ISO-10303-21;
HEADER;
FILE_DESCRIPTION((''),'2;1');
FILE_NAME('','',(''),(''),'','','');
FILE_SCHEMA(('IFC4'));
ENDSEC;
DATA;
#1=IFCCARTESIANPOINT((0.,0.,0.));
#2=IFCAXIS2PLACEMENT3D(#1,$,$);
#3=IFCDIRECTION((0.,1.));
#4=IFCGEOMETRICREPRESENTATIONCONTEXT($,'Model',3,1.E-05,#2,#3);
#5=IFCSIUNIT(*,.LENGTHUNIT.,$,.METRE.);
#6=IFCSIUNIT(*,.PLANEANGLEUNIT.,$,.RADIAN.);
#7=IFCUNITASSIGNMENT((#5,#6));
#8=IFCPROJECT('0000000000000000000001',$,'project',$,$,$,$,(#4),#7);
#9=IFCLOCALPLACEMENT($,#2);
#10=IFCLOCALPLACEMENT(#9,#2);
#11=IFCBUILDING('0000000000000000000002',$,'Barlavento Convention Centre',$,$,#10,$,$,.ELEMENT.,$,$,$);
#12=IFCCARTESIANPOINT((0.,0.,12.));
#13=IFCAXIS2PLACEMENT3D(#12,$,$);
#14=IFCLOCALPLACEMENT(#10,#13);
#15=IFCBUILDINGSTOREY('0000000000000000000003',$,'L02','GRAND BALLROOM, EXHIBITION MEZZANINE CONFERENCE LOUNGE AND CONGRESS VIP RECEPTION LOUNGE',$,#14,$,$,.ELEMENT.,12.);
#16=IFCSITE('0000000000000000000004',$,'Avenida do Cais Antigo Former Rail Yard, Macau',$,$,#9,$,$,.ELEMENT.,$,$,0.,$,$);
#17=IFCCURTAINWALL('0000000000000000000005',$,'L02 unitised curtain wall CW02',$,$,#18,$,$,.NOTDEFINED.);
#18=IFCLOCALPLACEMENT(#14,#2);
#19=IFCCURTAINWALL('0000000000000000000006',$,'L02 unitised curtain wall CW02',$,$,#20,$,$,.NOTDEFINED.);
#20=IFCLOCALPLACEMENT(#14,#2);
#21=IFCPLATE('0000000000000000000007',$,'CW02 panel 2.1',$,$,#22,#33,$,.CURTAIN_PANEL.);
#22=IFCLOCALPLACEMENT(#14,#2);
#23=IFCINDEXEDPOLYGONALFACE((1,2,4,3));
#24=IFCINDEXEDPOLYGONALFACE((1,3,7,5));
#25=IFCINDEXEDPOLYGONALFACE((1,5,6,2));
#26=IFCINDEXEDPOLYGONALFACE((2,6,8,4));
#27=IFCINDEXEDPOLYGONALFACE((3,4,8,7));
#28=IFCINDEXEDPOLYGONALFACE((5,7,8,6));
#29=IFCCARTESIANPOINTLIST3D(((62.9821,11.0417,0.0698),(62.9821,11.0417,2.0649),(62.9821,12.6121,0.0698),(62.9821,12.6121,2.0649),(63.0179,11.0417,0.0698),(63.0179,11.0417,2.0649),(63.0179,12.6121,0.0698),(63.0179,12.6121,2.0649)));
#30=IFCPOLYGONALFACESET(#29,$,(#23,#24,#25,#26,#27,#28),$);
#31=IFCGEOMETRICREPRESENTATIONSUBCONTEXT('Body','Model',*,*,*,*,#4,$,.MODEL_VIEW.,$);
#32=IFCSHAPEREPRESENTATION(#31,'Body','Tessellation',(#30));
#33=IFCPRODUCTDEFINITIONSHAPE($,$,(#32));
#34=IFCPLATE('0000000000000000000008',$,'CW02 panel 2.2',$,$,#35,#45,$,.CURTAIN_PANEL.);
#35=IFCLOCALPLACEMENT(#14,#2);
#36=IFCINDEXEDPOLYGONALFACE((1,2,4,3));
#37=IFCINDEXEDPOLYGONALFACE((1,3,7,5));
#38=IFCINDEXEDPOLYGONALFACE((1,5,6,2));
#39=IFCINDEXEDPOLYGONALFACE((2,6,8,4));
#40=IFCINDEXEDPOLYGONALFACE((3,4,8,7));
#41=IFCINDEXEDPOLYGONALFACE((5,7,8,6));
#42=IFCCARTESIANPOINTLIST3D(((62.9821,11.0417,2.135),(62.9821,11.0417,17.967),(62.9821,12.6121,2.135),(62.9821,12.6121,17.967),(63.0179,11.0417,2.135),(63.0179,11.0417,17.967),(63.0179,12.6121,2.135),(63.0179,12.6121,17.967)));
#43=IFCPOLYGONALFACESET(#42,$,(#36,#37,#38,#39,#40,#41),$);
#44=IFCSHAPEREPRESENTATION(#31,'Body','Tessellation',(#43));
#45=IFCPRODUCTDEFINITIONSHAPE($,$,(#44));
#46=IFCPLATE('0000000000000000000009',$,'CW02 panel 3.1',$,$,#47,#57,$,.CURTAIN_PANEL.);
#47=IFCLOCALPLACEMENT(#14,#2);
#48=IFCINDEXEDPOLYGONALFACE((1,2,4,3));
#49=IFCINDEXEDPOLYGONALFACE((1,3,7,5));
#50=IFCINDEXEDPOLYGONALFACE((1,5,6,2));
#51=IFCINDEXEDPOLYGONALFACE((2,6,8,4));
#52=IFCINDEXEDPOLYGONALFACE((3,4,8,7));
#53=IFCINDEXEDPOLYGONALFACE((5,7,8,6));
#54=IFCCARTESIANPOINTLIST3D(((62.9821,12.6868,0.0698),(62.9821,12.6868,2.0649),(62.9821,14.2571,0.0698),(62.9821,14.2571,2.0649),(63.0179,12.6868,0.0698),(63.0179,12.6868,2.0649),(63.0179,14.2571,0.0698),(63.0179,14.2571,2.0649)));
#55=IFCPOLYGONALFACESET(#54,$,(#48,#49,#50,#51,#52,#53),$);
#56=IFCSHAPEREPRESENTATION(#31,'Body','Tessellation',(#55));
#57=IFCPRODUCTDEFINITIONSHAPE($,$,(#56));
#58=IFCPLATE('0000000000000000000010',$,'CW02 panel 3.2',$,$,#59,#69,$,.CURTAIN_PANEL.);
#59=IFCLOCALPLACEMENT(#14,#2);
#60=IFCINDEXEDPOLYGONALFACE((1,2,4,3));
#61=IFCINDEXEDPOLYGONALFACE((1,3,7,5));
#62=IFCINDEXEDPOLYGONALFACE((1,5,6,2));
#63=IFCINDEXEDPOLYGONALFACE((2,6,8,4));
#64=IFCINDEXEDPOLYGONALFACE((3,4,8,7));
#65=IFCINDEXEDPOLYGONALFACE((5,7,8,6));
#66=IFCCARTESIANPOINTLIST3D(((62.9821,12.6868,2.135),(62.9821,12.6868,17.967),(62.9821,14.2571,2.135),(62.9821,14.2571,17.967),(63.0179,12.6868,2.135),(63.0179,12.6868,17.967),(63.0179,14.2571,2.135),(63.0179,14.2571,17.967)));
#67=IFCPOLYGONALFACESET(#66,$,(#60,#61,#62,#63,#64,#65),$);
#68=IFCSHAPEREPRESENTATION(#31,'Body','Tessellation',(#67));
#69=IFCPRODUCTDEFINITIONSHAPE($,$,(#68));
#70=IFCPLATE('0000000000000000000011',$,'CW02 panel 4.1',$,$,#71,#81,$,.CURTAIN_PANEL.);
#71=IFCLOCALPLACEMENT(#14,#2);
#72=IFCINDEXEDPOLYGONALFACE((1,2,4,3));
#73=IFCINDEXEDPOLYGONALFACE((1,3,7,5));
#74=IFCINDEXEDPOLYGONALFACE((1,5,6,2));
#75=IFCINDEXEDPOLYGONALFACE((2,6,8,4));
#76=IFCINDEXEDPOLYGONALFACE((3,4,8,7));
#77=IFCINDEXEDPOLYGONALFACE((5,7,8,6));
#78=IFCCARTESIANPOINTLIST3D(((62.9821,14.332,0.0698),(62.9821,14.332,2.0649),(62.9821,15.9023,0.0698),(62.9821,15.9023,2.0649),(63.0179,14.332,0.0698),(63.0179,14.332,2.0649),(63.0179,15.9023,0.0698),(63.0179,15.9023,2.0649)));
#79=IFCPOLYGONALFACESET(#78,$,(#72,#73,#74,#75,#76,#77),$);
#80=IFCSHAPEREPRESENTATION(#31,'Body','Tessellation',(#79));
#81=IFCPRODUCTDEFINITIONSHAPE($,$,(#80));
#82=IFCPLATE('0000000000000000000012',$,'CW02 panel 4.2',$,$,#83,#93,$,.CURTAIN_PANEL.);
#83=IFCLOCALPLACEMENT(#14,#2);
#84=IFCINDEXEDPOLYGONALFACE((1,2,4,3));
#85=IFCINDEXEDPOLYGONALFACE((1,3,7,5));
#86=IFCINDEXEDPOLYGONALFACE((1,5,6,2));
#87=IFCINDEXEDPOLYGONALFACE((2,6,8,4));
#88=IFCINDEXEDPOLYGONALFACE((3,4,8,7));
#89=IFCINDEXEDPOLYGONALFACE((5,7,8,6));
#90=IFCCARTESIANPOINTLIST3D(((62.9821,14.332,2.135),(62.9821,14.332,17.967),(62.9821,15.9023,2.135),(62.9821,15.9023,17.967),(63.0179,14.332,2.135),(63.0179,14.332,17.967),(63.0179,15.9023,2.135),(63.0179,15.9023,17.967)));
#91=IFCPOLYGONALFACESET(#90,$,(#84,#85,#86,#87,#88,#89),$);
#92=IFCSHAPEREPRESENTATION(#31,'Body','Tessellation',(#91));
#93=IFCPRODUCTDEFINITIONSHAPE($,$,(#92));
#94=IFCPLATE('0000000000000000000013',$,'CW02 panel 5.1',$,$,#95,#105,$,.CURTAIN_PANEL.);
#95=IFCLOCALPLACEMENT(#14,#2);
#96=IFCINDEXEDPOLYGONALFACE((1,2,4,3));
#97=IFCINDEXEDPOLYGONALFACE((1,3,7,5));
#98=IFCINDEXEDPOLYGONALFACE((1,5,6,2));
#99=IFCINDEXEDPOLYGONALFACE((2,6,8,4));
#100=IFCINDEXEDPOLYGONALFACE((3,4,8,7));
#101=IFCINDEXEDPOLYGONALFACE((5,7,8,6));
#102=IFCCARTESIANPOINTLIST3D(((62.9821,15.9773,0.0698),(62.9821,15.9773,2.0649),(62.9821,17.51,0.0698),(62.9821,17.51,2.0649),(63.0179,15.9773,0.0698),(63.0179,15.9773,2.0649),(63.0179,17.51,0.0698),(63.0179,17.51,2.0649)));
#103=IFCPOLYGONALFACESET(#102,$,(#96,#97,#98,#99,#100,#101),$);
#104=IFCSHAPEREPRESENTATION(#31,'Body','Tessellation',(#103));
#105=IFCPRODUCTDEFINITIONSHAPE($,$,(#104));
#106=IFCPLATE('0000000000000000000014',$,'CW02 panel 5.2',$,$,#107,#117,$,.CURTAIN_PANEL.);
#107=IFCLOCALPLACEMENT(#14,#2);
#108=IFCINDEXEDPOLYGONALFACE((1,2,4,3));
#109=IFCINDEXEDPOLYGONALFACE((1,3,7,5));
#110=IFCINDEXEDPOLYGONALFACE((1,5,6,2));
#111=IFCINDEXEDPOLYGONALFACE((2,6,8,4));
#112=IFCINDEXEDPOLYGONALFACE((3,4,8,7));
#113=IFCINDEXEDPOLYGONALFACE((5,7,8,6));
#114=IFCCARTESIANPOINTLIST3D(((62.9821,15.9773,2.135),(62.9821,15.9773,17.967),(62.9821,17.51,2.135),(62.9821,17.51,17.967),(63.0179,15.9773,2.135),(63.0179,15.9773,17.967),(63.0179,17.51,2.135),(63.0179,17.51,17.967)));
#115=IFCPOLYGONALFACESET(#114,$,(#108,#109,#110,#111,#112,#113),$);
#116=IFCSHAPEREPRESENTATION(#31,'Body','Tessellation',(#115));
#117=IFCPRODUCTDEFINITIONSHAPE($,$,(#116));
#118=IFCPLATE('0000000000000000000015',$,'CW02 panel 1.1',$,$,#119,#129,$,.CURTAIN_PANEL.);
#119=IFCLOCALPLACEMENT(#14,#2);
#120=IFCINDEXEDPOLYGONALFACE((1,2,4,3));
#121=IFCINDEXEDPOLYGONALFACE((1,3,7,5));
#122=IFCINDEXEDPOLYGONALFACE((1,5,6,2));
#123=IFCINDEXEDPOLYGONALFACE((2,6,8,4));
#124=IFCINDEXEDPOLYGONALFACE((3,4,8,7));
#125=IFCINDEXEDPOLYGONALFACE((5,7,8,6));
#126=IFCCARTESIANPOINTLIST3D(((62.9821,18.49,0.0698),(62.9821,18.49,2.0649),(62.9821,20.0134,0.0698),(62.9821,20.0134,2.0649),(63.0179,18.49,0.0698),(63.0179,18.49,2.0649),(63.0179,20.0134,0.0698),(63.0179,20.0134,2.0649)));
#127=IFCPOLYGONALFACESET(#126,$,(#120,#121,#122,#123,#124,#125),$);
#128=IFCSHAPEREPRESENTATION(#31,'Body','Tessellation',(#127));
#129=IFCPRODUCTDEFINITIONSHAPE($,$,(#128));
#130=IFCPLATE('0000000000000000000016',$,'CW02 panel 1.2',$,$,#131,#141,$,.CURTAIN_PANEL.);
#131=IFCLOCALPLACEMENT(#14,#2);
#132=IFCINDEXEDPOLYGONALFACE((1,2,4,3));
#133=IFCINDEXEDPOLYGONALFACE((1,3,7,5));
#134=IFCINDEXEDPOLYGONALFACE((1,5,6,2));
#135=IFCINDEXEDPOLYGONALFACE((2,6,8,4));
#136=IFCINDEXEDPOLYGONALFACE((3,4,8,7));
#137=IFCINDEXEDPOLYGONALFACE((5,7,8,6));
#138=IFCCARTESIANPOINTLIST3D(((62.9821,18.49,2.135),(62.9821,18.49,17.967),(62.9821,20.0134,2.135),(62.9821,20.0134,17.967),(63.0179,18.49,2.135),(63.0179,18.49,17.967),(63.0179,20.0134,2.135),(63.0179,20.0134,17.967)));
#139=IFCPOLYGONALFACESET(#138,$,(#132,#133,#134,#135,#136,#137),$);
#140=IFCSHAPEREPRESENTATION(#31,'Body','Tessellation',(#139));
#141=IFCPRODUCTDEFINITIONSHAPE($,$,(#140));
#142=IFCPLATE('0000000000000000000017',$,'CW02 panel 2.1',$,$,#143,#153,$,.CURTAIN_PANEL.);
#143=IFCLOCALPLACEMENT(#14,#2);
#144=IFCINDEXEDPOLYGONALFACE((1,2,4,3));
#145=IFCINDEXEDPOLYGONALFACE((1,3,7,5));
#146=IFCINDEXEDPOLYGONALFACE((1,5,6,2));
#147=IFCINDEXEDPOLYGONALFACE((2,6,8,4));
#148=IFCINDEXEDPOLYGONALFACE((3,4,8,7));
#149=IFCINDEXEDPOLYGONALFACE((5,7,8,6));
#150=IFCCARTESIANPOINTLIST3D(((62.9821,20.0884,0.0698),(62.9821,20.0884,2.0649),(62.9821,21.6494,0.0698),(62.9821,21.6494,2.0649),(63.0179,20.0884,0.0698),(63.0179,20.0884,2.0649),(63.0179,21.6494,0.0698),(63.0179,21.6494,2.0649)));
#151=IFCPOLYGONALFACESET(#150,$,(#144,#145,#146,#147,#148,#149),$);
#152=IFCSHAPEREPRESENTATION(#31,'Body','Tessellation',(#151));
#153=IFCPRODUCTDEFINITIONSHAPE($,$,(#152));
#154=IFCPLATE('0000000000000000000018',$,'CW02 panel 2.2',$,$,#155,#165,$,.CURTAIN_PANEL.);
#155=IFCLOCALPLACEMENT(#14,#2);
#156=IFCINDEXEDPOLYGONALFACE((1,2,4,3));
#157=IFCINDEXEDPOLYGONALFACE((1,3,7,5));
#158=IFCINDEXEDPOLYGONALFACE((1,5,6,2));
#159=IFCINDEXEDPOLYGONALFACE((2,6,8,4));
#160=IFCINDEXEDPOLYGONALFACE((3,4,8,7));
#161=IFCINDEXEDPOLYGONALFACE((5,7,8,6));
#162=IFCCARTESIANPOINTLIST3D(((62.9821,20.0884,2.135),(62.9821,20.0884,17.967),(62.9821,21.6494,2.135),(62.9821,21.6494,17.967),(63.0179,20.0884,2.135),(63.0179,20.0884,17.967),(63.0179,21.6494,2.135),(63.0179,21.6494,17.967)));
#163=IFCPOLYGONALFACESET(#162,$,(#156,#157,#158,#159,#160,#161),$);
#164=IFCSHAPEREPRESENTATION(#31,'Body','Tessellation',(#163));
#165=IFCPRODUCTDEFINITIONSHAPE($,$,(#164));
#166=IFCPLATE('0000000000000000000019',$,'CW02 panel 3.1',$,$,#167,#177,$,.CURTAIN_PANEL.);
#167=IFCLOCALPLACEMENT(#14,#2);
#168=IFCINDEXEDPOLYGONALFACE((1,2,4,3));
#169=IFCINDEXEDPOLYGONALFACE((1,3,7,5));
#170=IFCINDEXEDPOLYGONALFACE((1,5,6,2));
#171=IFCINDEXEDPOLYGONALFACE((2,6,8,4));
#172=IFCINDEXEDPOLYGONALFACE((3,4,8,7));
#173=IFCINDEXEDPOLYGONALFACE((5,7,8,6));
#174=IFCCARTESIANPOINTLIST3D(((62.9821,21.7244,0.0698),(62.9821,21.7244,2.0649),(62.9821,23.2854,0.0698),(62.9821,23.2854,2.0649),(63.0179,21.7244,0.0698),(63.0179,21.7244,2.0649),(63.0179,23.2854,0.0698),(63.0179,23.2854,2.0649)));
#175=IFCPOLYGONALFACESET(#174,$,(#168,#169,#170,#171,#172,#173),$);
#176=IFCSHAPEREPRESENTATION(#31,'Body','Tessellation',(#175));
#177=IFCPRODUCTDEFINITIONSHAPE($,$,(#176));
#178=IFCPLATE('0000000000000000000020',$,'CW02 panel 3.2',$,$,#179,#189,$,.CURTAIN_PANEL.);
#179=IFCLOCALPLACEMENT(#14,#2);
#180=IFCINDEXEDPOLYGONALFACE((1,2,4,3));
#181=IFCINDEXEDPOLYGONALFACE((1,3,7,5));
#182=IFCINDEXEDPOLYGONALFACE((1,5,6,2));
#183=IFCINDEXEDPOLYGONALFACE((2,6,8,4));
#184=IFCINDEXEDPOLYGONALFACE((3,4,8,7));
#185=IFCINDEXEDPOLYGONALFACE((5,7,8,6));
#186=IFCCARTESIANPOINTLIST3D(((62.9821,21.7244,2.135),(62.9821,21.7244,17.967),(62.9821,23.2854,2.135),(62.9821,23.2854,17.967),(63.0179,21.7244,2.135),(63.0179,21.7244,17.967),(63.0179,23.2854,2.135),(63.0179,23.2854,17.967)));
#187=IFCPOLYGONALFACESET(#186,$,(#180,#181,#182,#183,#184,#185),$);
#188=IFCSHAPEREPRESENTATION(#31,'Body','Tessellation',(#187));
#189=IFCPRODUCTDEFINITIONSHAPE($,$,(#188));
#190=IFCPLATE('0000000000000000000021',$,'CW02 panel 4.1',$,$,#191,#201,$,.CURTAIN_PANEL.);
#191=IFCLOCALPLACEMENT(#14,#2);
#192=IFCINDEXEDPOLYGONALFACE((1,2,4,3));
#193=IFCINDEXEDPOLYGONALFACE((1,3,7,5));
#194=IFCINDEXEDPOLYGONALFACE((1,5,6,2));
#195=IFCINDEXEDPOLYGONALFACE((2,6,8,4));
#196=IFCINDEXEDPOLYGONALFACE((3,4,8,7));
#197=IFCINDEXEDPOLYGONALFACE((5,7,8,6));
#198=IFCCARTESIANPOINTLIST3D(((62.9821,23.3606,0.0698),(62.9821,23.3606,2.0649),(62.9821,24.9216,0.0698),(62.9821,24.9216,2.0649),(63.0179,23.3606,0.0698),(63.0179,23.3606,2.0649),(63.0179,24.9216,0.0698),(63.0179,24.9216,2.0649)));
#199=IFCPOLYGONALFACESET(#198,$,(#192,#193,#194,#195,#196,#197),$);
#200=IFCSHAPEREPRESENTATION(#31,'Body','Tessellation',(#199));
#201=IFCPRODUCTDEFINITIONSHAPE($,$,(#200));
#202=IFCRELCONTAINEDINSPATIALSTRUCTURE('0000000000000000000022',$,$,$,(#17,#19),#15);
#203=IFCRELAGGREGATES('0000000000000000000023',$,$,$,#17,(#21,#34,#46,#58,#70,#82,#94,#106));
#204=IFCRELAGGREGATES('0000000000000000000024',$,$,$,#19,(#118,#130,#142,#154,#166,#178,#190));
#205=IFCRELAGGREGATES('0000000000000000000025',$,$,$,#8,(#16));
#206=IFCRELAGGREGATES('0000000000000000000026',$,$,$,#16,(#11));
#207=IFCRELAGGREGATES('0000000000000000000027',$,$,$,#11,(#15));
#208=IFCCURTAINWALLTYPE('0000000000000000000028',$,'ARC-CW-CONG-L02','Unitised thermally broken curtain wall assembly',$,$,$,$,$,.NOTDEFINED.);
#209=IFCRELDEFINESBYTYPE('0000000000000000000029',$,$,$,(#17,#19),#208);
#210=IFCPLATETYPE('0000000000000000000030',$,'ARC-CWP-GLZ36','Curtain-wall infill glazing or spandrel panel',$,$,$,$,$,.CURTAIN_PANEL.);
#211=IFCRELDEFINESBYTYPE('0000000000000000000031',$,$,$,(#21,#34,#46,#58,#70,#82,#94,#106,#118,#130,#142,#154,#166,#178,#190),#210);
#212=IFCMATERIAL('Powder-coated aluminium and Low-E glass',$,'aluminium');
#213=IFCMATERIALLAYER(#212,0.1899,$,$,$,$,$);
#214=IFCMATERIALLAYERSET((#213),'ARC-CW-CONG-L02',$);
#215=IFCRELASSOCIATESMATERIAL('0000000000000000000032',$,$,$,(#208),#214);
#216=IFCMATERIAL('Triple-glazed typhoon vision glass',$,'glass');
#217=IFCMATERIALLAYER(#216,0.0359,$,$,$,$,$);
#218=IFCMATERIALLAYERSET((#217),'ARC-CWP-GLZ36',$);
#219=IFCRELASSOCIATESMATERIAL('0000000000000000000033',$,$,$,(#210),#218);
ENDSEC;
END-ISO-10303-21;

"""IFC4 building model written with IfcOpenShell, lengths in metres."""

from ifc_helpers import new_model, si_unit, direction, frame, origin, origin_2d, place, context, subcontext, project, spatial, rectangle, extrude, material, layer, layer_set, type_object, element, aggregate, save


model = new_model("IFC4")

# Units and contexts
model_context = context("Model", 3, precision=1e-05, world=origin(), true_north=direction((0.0, 1.0)))
body_context = subcontext(model_context, "Body", "Model", "MODEL_VIEW")
ifc_project = project(units=[si_unit("LENGTHUNIT", "METRE"), si_unit("PLANEANGLEUNIT", "RADIAN")], contexts=[model_context])

# Site, building, storey
site_placement = place(None, origin())
site = spatial("IfcSite", under=ifc_project, at=site_placement, Name="Avenida do Cais Antigo Former Rail Yard, Macau", CompositionType="ELEMENT", RefElevation=0.0)
building_placement = place(site_placement, origin())
building = spatial("IfcBuilding", under=site, at=building_placement, Name="Barlavento Convention Centre", CompositionType="ELEMENT")
storey_placement = place(building_placement, frame((0.0, 0.0, 12.0)))
storey = spatial("IfcBuildingStorey", under=building, at=storey_placement, Name="L02", Description="GRAND BALLROOM, EXHIBITION MEZZANINE CONFERENCE LOUNGE AND CONGRESS VIP RECEPTION LOUNGE", CompositionType="ELEMENT", Elevation=12.0)

# Curtain walls
ifc_material_1 = material(Name="Powder-coated aluminium and Low-E glass", Category="aluminium")
ifc_layer_1 = layer(ifc_material_1, 0.1899)
ifc_layer_set_1 = layer_set([ifc_layer_1], Name="ARC-CW-CONG-L02")
curtain_wall_type = type_object("IfcCurtainWallType", Name="ARC-CW-CONG-L02", Description="Unitised thermally broken curtain wall assembly", PredefinedType="NOTDEFINED", material=ifc_layer_set_1)
curtain_wall_1_placement = place(storey_placement, origin())
curtain_wall_1 = element("IfcCurtainWall", 1, at=curtain_wall_1_placement, inside=storey, type_object=curtain_wall_type, Name="L02 unitised curtain wall CW02", PredefinedType="NOTDEFINED")
curtain_wall_2_placement = place(storey_placement, origin())
curtain_wall_2 = element("IfcCurtainWall", 2, at=curtain_wall_2_placement, inside=storey, type_object=curtain_wall_type, Name="L02 unitised curtain wall CW02", PredefinedType="NOTDEFINED")

# Plates
ifc_material_2 = material(Name="Triple-glazed typhoon vision glass", Category="glass")
ifc_layer_2 = layer(ifc_material_2, 0.0359)
ifc_layer_set_2 = layer_set([ifc_layer_2], Name="ARC-CWP-GLZ36")
plate_type = type_object("IfcPlateType", Name="ARC-CWP-GLZ36", Description="Curtain-wall infill glazing or spandrel panel", PredefinedType="CURTAIN_PANEL", material=ifc_layer_set_2)
plate_1_placement = place(storey_placement, frame((63.0, 11.8269, 0.0698), z_axis=(0.0, 0.0, 1.0), x_axis=(0.0, 1.0, 0.0)))
plate_1 = element("IfcPlate", 3, at=plate_1_placement, type_object=plate_type, Name="CW02 panel 2.1", PredefinedType="CURTAIN_PANEL", context=body_context, shape_type="SweptSolid", body=[
    extrude(rectangle(XDim=1.5703, YDim=0.0359, at=origin_2d()), origin(), (0.0, 0.0, 1.0), 1.9951),
])
plate_2_placement = place(storey_placement, frame((63.0, 11.8269, 2.135), z_axis=(0.0, 0.0, 1.0), x_axis=(0.0, 1.0, 0.0)))
plate_2 = element("IfcPlate", 4, at=plate_2_placement, type_object=plate_type, Name="CW02 panel 2.2", PredefinedType="CURTAIN_PANEL", context=body_context, shape_type="SweptSolid", body=[
    extrude(rectangle(XDim=1.5703, YDim=0.0359, at=origin_2d()), origin(), (0.0, 0.0, 1.0), 15.832),
])
plate_3_placement = place(storey_placement, frame((63.0, 13.4719, 0.0698), z_axis=(0.0, 0.0, 1.0), x_axis=(0.0, 1.0, 0.0)))
plate_3 = element("IfcPlate", 5, at=plate_3_placement, type_object=plate_type, Name="CW02 panel 3.1", PredefinedType="CURTAIN_PANEL", context=body_context, shape_type="SweptSolid", body=[
    extrude(rectangle(XDim=1.5703, YDim=0.0359, at=origin_2d()), origin(), (0.0, 0.0, 1.0), 1.9951),
])
plate_4_placement = place(storey_placement, frame((63.0, 13.4719, 2.135), z_axis=(0.0, 0.0, 1.0), x_axis=(0.0, 1.0, 0.0)))
plate_4 = element("IfcPlate", 6, at=plate_4_placement, type_object=plate_type, Name="CW02 panel 3.2", PredefinedType="CURTAIN_PANEL", context=body_context, shape_type="SweptSolid", body=[
    extrude(rectangle(XDim=1.5703, YDim=0.0359, at=origin_2d()), origin(), (0.0, 0.0, 1.0), 15.832),
])
plate_5_placement = place(storey_placement, frame((63.0, 15.1172, 0.0698), z_axis=(0.0, 0.0, 1.0), x_axis=(0.0, 1.0, 0.0)))
plate_5 = element("IfcPlate", 7, at=plate_5_placement, type_object=plate_type, Name="CW02 panel 4.1", PredefinedType="CURTAIN_PANEL", context=body_context, shape_type="SweptSolid", body=[
    extrude(rectangle(XDim=1.5703, YDim=0.0359, at=origin_2d()), origin(), (0.0, 0.0, 1.0), 1.9951),
])
plate_6_placement = place(storey_placement, frame((63.0, 15.1172, 2.135), z_axis=(0.0, 0.0, 1.0), x_axis=(0.0, 1.0, 0.0)))
plate_6 = element("IfcPlate", 8, at=plate_6_placement, type_object=plate_type, Name="CW02 panel 4.2", PredefinedType="CURTAIN_PANEL", context=body_context, shape_type="SweptSolid", body=[
    extrude(rectangle(XDim=1.5703, YDim=0.0359, at=origin_2d()), origin(), (0.0, 0.0, 1.0), 15.832),
])
plate_7_placement = place(storey_placement, frame((63.0, 16.7437, 0.0698), z_axis=(0.0, 0.0, 1.0), x_axis=(0.0, 1.0, 0.0)))
plate_7 = element("IfcPlate", 9, at=plate_7_placement, type_object=plate_type, Name="CW02 panel 5.1", PredefinedType="CURTAIN_PANEL", context=body_context, shape_type="SweptSolid", body=[
    extrude(rectangle(XDim=1.5327, YDim=0.0359, at=origin_2d()), origin(), (0.0, 0.0, 1.0), 1.9951),
])
plate_8_placement = place(storey_placement, frame((63.0, 16.7437, 2.135), z_axis=(0.0, 0.0, 1.0), x_axis=(0.0, 1.0, 0.0)))
plate_8 = element("IfcPlate", 10, at=plate_8_placement, type_object=plate_type, Name="CW02 panel 5.2", PredefinedType="CURTAIN_PANEL", context=body_context, shape_type="SweptSolid", body=[
    extrude(rectangle(XDim=1.5327, YDim=0.0359, at=origin_2d()), origin(), (0.0, 0.0, 1.0), 15.832),
])
aggregate(curtain_wall_1, [plate_1, plate_2, plate_3, plate_4, plate_5, plate_6, plate_7, plate_8])
plate_9_placement = place(storey_placement, frame((63.0, 19.2517, 0.0698), z_axis=(0.0, 0.0, 1.0), x_axis=(0.0, 1.0, 0.0)))
plate_9 = element("IfcPlate", 11, at=plate_9_placement, type_object=plate_type, Name="CW02 panel 1.1", PredefinedType="CURTAIN_PANEL", context=body_context, shape_type="SweptSolid", body=[
    extrude(rectangle(XDim=1.5234, YDim=0.0359, at=origin_2d()), origin(), (0.0, 0.0, 1.0), 1.9951),
])
plate_10_placement = place(storey_placement, frame((63.0, 19.2517, 2.135), z_axis=(0.0, 0.0, 1.0), x_axis=(0.0, 1.0, 0.0)))
plate_10 = element("IfcPlate", 12, at=plate_10_placement, type_object=plate_type, Name="CW02 panel 1.2", PredefinedType="CURTAIN_PANEL", context=body_context, shape_type="SweptSolid", body=[
    extrude(rectangle(XDim=1.5234, YDim=0.0359, at=origin_2d()), origin(), (0.0, 0.0, 1.0), 15.832),
])
plate_11_placement = place(storey_placement, frame((63.0, 20.8689, 0.0698), z_axis=(0.0, 0.0, 1.0), x_axis=(0.0, 1.0, 0.0)))
plate_11 = element("IfcPlate", 13, at=plate_11_placement, type_object=plate_type, Name="CW02 panel 2.1", PredefinedType="CURTAIN_PANEL", context=body_context, shape_type="SweptSolid", body=[
    extrude(rectangle(XDim=1.561, YDim=0.0359, at=origin_2d()), origin(), (0.0, 0.0, 1.0), 1.9951),
])
plate_12_placement = place(storey_placement, frame((63.0, 20.8689, 2.135), z_axis=(0.0, 0.0, 1.0), x_axis=(0.0, 1.0, 0.0)))
plate_12 = element("IfcPlate", 14, at=plate_12_placement, type_object=plate_type, Name="CW02 panel 2.2", PredefinedType="CURTAIN_PANEL", context=body_context, shape_type="SweptSolid", body=[
    extrude(rectangle(XDim=1.561, YDim=0.0359, at=origin_2d()), origin(), (0.0, 0.0, 1.0), 15.832),
])
plate_13_placement = place(storey_placement, frame((63.0, 22.5049, 0.0698), z_axis=(0.0, 0.0, 1.0), x_axis=(0.0, 1.0, 0.0)))
plate_13 = element("IfcPlate", 15, at=plate_13_placement, type_object=plate_type, Name="CW02 panel 3.1", PredefinedType="CURTAIN_PANEL", context=body_context, shape_type="SweptSolid", body=[
    extrude(rectangle(XDim=1.561, YDim=0.0359, at=origin_2d()), origin(), (0.0, 0.0, 1.0), 1.9951),
])
plate_14_placement = place(storey_placement, frame((63.0, 22.5049, 2.135), z_axis=(0.0, 0.0, 1.0), x_axis=(0.0, 1.0, 0.0)))
plate_14 = element("IfcPlate", 16, at=plate_14_placement, type_object=plate_type, Name="CW02 panel 3.2", PredefinedType="CURTAIN_PANEL", context=body_context, shape_type="SweptSolid", body=[
    extrude(rectangle(XDim=1.561, YDim=0.0359, at=origin_2d()), origin(), (0.0, 0.0, 1.0), 15.832),
])
plate_15_placement = place(storey_placement, frame((63.0, 24.1411, 0.0698), z_axis=(0.0, 0.0, 1.0), x_axis=(0.0, 1.0, 0.0)))
plate_15 = element("IfcPlate", 17, at=plate_15_placement, type_object=plate_type, Name="CW02 panel 4.1", PredefinedType="CURTAIN_PANEL", context=body_context, shape_type="SweptSolid", body=[
    extrude(rectangle(XDim=1.561, YDim=0.0359, at=origin_2d()), origin(), (0.0, 0.0, 1.0), 1.9951),
])
aggregate(curtain_wall_2, [plate_9, plate_10, plate_11, plate_12, plate_13, plate_14, plate_15])

save(model, "model.ifc")
